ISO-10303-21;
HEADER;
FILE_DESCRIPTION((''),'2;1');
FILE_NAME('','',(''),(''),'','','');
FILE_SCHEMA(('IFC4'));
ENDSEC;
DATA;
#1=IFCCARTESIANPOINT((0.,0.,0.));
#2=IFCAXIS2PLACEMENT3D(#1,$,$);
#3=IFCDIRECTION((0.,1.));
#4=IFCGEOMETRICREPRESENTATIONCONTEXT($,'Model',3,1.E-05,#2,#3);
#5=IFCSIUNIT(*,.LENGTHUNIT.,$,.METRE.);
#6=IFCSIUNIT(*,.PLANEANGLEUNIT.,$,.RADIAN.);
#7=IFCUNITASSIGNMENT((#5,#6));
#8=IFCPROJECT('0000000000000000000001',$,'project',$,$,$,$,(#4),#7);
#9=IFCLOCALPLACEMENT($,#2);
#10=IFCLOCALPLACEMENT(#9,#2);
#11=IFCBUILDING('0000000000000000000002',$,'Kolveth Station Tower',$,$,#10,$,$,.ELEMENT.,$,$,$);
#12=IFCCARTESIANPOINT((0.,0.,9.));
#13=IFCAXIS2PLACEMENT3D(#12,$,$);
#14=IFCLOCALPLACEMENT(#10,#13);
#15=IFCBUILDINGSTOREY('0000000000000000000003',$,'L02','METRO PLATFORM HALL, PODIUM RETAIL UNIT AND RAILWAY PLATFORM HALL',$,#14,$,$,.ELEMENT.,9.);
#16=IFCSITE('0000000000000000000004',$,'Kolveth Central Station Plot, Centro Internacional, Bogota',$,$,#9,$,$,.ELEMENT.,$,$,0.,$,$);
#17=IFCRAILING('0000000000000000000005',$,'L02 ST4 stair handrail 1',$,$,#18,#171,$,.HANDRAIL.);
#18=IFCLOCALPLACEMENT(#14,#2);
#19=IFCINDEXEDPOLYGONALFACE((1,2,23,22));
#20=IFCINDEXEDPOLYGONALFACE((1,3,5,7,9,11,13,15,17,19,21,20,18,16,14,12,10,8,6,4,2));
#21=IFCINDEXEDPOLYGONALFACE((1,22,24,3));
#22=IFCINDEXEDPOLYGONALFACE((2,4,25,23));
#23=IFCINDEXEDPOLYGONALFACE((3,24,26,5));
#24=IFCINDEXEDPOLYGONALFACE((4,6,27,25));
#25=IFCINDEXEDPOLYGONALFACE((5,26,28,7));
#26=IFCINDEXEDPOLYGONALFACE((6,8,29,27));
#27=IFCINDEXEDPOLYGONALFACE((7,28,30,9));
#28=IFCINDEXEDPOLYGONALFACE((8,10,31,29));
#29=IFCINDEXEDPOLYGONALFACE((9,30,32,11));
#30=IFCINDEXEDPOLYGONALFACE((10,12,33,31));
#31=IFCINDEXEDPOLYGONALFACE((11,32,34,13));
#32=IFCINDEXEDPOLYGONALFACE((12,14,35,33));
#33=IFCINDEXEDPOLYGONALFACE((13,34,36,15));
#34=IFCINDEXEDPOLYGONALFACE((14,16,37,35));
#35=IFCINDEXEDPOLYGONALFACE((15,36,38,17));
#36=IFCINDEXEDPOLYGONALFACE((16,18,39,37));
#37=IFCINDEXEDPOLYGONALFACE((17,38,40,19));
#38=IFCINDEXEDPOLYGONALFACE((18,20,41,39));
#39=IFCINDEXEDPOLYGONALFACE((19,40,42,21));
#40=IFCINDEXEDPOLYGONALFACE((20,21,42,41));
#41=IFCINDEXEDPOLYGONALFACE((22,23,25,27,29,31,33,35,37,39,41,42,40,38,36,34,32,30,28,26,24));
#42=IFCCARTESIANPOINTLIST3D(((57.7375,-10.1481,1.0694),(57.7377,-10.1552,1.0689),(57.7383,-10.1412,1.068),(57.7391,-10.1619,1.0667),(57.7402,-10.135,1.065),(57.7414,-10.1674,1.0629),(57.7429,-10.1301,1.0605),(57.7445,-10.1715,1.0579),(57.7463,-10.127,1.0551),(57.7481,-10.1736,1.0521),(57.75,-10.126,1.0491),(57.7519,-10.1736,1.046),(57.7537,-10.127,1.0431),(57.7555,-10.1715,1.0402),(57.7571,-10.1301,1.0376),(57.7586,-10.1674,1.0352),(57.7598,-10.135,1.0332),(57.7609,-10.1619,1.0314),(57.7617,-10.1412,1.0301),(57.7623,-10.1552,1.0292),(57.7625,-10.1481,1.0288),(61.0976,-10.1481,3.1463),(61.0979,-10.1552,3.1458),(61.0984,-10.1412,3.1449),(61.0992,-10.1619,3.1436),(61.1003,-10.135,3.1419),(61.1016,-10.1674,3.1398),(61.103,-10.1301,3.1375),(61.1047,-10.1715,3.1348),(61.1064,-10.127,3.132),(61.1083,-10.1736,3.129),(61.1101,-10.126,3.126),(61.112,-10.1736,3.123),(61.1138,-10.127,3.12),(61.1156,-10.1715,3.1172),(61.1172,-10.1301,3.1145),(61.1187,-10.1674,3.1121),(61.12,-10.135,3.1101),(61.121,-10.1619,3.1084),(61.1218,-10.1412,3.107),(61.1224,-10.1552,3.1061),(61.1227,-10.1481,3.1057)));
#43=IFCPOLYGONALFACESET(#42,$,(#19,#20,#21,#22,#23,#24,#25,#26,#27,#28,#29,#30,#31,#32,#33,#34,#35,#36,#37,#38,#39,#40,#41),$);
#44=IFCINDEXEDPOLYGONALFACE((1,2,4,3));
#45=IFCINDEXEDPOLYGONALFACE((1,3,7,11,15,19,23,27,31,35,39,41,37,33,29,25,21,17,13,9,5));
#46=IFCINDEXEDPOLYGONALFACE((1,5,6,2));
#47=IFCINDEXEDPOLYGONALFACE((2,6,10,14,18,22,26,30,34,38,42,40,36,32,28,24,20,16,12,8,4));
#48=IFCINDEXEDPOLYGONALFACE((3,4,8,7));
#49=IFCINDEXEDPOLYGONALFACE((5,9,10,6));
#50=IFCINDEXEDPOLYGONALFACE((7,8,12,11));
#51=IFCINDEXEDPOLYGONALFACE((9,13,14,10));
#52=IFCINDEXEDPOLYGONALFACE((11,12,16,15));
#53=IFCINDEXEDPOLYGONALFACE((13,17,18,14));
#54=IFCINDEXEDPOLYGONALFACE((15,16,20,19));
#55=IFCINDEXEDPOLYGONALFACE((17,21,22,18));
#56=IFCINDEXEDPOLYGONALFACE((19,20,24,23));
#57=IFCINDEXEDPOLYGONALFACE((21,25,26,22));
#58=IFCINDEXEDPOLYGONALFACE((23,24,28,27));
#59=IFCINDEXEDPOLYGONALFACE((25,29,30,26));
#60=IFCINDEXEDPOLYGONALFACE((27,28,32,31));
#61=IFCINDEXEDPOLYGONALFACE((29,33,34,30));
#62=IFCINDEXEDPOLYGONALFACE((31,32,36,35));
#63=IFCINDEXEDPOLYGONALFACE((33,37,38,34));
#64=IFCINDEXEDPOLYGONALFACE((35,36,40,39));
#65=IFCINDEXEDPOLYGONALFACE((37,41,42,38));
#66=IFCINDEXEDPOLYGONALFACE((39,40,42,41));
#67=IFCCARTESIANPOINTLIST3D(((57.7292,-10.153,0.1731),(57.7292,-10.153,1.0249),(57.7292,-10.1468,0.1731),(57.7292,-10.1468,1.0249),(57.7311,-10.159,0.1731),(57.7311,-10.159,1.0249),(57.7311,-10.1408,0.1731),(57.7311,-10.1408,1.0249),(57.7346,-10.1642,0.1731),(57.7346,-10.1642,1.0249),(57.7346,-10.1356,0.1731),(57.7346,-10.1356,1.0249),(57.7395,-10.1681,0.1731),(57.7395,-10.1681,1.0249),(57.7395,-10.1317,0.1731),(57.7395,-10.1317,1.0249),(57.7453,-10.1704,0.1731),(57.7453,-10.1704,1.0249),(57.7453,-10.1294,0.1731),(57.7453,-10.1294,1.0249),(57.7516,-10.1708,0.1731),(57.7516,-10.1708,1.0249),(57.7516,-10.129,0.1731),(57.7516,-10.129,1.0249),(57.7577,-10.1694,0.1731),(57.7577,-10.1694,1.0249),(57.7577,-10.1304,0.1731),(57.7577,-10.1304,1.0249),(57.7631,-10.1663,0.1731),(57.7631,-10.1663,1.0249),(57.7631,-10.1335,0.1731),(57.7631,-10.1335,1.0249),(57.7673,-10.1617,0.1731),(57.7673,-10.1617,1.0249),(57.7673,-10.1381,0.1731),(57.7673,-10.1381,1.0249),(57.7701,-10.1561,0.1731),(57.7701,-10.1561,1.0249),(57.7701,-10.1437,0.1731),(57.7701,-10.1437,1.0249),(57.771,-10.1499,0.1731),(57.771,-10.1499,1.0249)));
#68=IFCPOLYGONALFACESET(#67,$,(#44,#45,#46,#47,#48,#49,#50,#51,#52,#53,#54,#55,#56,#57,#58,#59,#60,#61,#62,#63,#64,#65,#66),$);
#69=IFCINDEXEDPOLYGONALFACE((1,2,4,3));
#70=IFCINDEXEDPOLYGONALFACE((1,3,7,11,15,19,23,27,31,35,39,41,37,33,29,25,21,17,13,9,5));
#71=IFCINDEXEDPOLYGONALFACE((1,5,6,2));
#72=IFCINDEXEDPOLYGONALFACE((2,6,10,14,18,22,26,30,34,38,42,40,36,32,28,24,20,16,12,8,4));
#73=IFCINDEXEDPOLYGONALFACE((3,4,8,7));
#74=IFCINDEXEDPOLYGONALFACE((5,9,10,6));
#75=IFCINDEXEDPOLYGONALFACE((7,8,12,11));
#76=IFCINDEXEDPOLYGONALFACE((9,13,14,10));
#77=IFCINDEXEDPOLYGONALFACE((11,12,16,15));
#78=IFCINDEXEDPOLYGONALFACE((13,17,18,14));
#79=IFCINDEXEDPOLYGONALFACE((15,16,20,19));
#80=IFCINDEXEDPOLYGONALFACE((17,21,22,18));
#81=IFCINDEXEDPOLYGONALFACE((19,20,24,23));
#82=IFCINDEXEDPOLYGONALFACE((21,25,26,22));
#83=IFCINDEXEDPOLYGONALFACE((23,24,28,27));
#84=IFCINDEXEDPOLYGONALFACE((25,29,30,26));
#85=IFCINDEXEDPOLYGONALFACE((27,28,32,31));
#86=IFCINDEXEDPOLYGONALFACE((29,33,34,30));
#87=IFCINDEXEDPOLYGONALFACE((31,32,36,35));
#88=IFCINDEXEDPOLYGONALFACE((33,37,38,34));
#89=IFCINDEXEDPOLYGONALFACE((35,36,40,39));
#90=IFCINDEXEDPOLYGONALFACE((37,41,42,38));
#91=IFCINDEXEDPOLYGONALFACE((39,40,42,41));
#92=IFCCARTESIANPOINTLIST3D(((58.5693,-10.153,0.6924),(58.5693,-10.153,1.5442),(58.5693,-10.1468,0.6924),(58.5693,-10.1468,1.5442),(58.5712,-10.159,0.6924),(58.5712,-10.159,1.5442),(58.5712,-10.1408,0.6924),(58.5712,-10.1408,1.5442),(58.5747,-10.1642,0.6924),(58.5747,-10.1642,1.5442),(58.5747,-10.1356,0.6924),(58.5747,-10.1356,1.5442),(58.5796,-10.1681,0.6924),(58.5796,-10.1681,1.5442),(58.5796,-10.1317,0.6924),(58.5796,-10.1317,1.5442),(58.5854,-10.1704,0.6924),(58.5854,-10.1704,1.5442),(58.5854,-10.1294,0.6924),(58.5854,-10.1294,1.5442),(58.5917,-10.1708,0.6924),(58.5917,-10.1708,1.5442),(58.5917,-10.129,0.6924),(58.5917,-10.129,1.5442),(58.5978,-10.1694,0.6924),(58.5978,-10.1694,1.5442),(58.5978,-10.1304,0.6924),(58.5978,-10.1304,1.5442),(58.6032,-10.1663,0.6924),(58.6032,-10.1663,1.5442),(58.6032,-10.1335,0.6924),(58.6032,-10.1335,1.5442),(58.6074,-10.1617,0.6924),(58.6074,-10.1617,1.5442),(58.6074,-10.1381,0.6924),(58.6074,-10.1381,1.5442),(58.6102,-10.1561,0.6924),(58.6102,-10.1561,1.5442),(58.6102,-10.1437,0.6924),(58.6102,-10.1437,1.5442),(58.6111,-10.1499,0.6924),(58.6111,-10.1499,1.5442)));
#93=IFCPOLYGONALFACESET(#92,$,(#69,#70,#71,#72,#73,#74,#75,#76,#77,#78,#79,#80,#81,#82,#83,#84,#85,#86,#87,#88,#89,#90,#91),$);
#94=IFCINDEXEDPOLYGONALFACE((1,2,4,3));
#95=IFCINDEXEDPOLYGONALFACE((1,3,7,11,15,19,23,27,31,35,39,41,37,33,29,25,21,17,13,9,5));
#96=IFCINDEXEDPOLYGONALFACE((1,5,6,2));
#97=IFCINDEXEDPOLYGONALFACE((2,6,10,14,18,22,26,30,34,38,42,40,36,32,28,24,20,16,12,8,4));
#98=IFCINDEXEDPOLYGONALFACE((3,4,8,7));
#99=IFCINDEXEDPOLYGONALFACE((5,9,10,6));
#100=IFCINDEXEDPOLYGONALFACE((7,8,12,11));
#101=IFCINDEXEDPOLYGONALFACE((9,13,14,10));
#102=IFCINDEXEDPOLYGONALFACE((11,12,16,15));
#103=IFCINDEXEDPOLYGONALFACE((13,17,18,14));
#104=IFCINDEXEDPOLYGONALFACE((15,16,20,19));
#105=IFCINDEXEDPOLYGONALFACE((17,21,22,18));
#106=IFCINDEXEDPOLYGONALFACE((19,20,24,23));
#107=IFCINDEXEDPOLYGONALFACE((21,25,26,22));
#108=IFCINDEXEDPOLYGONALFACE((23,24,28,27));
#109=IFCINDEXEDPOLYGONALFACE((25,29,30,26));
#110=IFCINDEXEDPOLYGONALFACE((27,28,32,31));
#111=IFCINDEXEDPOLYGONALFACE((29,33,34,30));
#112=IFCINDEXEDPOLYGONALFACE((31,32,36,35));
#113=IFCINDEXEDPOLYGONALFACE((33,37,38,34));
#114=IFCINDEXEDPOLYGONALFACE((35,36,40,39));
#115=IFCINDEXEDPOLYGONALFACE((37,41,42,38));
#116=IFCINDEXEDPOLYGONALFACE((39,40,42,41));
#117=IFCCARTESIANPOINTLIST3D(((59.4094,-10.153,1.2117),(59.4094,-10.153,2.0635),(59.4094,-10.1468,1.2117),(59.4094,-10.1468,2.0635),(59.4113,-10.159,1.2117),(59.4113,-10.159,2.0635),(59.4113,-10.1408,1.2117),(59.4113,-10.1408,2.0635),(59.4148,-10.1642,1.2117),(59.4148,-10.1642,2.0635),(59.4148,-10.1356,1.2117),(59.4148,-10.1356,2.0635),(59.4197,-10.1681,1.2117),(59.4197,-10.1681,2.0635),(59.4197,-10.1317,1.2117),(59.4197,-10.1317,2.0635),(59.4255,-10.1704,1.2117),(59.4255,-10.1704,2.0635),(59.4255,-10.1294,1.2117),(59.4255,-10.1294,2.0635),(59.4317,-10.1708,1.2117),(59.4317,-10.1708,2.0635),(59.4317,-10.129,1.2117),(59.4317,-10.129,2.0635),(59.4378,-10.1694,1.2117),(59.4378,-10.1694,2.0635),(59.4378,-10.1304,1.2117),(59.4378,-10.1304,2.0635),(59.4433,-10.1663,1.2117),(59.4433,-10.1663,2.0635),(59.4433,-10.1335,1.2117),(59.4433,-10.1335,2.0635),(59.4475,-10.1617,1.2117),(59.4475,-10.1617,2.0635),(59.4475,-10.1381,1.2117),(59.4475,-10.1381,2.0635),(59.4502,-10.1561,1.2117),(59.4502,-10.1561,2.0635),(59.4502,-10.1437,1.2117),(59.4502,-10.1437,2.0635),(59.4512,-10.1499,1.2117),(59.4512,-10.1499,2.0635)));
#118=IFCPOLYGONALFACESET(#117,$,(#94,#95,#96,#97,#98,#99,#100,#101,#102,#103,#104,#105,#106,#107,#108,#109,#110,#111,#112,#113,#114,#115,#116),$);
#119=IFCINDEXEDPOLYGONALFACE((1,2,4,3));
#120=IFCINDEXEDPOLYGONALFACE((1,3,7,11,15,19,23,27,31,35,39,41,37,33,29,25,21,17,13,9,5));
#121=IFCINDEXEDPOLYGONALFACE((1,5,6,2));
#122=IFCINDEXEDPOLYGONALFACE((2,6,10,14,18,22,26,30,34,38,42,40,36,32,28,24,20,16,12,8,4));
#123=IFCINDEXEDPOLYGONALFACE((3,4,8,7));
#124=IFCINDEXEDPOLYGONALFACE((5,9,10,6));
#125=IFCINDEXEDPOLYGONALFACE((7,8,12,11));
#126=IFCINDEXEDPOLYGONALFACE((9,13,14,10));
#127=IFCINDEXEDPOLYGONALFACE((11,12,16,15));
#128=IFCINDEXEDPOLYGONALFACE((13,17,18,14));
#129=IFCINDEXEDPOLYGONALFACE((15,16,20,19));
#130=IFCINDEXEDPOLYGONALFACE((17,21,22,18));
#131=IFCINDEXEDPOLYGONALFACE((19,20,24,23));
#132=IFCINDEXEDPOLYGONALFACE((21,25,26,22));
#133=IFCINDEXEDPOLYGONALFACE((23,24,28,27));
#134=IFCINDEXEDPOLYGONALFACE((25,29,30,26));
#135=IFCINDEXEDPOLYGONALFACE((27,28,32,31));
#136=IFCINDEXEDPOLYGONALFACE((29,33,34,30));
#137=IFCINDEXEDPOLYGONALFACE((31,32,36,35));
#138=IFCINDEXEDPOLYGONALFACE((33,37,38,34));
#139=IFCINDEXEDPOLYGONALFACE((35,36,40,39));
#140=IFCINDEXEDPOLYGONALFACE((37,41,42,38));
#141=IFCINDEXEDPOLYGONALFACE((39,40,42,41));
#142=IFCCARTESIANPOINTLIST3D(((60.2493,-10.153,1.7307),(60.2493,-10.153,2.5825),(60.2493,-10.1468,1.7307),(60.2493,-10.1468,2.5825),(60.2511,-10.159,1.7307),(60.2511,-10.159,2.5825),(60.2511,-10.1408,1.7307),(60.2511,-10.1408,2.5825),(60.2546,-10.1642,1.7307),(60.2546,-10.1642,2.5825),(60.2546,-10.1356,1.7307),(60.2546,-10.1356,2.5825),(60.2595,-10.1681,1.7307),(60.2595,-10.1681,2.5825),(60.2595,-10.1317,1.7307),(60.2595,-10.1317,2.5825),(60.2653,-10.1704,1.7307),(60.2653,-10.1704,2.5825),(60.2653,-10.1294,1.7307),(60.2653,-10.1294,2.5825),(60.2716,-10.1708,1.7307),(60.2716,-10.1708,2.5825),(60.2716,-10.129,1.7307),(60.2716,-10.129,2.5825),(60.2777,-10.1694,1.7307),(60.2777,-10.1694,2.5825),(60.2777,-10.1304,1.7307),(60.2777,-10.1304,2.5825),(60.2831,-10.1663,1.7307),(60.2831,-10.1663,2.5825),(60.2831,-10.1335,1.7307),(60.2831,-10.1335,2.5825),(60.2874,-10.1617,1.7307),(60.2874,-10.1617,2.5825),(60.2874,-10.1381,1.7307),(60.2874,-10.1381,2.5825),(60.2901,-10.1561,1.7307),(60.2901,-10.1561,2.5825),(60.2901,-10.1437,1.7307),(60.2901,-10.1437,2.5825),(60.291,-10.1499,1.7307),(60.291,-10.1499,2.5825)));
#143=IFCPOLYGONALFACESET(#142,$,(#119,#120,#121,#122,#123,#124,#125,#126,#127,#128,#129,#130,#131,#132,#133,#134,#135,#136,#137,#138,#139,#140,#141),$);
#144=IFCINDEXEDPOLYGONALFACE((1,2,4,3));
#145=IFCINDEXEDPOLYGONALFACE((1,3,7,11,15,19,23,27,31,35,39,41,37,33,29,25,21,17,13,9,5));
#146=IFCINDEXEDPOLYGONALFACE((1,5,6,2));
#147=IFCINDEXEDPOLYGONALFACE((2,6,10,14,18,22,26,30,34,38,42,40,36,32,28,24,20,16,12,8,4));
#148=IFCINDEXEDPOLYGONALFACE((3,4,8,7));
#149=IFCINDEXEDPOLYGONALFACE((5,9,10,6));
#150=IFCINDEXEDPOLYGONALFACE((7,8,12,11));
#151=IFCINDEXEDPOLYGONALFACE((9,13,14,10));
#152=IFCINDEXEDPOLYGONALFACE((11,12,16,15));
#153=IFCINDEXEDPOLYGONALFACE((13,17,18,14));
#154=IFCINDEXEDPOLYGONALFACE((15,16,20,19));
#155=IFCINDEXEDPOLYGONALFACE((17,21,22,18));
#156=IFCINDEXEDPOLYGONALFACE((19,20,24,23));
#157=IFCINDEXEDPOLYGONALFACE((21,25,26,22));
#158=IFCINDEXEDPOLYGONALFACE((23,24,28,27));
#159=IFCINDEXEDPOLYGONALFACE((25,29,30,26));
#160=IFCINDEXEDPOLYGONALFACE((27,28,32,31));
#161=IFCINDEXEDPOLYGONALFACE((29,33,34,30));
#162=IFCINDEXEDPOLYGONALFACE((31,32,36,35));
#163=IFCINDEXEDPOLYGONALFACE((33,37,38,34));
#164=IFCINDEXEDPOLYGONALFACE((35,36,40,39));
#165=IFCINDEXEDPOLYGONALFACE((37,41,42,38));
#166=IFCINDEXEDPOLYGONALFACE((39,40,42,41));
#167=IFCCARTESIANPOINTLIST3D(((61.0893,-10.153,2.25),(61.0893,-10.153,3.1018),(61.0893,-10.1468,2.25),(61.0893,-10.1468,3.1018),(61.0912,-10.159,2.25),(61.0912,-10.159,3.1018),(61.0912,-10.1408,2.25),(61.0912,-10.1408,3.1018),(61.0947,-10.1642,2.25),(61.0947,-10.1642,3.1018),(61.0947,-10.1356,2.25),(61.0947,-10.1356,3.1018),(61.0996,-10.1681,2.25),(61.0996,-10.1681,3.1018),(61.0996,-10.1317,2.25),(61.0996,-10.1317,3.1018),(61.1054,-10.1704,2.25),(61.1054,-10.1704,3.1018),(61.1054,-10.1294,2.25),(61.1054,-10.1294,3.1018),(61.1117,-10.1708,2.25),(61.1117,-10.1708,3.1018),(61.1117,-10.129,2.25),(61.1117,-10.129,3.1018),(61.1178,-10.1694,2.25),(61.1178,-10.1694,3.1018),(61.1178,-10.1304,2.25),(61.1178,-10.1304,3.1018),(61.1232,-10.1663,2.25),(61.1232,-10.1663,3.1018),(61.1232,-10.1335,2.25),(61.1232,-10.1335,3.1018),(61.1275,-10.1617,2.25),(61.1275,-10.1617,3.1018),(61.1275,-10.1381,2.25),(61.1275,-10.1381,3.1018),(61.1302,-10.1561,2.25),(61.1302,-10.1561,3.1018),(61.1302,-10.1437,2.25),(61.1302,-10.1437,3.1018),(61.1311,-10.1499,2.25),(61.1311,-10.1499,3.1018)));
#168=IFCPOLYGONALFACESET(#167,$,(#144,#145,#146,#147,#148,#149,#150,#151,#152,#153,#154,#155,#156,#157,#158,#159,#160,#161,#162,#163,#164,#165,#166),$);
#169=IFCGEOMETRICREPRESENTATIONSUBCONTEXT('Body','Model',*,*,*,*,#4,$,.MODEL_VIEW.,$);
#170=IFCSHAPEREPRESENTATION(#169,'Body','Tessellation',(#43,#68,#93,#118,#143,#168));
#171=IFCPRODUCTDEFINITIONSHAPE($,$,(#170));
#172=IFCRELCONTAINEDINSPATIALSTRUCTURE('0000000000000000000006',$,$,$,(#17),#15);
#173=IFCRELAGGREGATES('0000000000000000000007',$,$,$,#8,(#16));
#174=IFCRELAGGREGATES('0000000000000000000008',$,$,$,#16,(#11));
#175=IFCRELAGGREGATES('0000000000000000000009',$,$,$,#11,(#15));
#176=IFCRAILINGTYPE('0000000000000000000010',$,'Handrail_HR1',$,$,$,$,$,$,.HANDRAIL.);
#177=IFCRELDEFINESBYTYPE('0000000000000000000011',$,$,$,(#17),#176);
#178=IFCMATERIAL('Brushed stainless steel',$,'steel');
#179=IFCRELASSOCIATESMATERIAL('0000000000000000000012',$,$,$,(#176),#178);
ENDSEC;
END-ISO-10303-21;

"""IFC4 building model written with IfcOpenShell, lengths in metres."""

from ifc_helpers import new_model, si_unit, direction, frame, origin, origin_2d, place, context, subcontext, project, spatial, circle, extrude, material, type_object, element, save


model = new_model("IFC4")

# Units and contexts
model_context = context("Model", 3, precision=1e-05, world=origin(), true_north=direction((0.0, 1.0)))
body_context = subcontext(model_context, "Body", "Model", "MODEL_VIEW")
ifc_project = project(units=[si_unit("LENGTHUNIT", "METRE"), si_unit("PLANEANGLEUNIT", "RADIAN")], contexts=[model_context])

# Site, building, storey
site_placement = place(None, origin())
site = spatial("IfcSite", under=ifc_project, at=site_placement, Name="Kolveth Central Station Plot, Centro Internacional, Bogota", CompositionType="ELEMENT", RefElevation=0.0)
building_placement = place(site_placement, origin())
building = spatial("IfcBuilding", under=site, at=building_placement, Name="Kolveth Station Tower", CompositionType="ELEMENT")
storey_placement = place(building_placement, frame((0.0, 0.0, 9.0)))
storey = spatial("IfcBuildingStorey", under=building, at=storey_placement, Name="L02", Description="METRO PLATFORM HALL, PODIUM RETAIL UNIT AND RAILWAY PLATFORM HALL", CompositionType="ELEMENT", Elevation=9.0)

# Railing
ifc_material_1 = material(Name="Brushed stainless steel", Category="steel")
railing_type_1 = type_object("IfcRailingType", Name="Handrail_HR1", PredefinedType="HANDRAIL", material=ifc_material_1)
railing_1_placement = place(storey_placement, frame((57.75, -10.1499, 0.1731)))
element("IfcRailing", 1, at=railing_1_placement, inside=storey, type_object=railing_type_1, Name="L02 ST4 stair handrail 1", PredefinedType="HANDRAIL", context=body_context, shape_type="SweptSolid", body=[
    extrude(circle(Radius=0.0239, at=origin_2d()), frame((0.0, 0.0, 0.876), z_axis=(0.850623, 0.0, 0.525776), x_axis=(0.0, 1.0, 0.0)), (0.0, 0.0, 1.0), 3.9502),
    extrude(circle(Radius=0.021, at=origin_2d()), origin(), (0.0, 0.0, 1.0), 0.8518),
    extrude(circle(Radius=0.021, at=origin_2d()), frame((0.8401, 0.0, 0.5193)), (0.0, 0.0, 1.0), 0.8518),
    extrude(circle(Radius=0.021, at=origin_2d()), frame((1.6802, 0.0, 1.0386)), (0.0, 0.0, 1.0), 0.8518),
    extrude(circle(Radius=0.021, at=origin_2d()), frame((2.52, 0.0, 1.5576)), (0.0, 0.0, 1.0), 0.8518),
    extrude(circle(Radius=0.021, at=origin_2d()), frame((3.3601, 0.0, 2.0769)), (0.0, 0.0, 1.0), 0.8518),
])

save(model, "model.ifc")
